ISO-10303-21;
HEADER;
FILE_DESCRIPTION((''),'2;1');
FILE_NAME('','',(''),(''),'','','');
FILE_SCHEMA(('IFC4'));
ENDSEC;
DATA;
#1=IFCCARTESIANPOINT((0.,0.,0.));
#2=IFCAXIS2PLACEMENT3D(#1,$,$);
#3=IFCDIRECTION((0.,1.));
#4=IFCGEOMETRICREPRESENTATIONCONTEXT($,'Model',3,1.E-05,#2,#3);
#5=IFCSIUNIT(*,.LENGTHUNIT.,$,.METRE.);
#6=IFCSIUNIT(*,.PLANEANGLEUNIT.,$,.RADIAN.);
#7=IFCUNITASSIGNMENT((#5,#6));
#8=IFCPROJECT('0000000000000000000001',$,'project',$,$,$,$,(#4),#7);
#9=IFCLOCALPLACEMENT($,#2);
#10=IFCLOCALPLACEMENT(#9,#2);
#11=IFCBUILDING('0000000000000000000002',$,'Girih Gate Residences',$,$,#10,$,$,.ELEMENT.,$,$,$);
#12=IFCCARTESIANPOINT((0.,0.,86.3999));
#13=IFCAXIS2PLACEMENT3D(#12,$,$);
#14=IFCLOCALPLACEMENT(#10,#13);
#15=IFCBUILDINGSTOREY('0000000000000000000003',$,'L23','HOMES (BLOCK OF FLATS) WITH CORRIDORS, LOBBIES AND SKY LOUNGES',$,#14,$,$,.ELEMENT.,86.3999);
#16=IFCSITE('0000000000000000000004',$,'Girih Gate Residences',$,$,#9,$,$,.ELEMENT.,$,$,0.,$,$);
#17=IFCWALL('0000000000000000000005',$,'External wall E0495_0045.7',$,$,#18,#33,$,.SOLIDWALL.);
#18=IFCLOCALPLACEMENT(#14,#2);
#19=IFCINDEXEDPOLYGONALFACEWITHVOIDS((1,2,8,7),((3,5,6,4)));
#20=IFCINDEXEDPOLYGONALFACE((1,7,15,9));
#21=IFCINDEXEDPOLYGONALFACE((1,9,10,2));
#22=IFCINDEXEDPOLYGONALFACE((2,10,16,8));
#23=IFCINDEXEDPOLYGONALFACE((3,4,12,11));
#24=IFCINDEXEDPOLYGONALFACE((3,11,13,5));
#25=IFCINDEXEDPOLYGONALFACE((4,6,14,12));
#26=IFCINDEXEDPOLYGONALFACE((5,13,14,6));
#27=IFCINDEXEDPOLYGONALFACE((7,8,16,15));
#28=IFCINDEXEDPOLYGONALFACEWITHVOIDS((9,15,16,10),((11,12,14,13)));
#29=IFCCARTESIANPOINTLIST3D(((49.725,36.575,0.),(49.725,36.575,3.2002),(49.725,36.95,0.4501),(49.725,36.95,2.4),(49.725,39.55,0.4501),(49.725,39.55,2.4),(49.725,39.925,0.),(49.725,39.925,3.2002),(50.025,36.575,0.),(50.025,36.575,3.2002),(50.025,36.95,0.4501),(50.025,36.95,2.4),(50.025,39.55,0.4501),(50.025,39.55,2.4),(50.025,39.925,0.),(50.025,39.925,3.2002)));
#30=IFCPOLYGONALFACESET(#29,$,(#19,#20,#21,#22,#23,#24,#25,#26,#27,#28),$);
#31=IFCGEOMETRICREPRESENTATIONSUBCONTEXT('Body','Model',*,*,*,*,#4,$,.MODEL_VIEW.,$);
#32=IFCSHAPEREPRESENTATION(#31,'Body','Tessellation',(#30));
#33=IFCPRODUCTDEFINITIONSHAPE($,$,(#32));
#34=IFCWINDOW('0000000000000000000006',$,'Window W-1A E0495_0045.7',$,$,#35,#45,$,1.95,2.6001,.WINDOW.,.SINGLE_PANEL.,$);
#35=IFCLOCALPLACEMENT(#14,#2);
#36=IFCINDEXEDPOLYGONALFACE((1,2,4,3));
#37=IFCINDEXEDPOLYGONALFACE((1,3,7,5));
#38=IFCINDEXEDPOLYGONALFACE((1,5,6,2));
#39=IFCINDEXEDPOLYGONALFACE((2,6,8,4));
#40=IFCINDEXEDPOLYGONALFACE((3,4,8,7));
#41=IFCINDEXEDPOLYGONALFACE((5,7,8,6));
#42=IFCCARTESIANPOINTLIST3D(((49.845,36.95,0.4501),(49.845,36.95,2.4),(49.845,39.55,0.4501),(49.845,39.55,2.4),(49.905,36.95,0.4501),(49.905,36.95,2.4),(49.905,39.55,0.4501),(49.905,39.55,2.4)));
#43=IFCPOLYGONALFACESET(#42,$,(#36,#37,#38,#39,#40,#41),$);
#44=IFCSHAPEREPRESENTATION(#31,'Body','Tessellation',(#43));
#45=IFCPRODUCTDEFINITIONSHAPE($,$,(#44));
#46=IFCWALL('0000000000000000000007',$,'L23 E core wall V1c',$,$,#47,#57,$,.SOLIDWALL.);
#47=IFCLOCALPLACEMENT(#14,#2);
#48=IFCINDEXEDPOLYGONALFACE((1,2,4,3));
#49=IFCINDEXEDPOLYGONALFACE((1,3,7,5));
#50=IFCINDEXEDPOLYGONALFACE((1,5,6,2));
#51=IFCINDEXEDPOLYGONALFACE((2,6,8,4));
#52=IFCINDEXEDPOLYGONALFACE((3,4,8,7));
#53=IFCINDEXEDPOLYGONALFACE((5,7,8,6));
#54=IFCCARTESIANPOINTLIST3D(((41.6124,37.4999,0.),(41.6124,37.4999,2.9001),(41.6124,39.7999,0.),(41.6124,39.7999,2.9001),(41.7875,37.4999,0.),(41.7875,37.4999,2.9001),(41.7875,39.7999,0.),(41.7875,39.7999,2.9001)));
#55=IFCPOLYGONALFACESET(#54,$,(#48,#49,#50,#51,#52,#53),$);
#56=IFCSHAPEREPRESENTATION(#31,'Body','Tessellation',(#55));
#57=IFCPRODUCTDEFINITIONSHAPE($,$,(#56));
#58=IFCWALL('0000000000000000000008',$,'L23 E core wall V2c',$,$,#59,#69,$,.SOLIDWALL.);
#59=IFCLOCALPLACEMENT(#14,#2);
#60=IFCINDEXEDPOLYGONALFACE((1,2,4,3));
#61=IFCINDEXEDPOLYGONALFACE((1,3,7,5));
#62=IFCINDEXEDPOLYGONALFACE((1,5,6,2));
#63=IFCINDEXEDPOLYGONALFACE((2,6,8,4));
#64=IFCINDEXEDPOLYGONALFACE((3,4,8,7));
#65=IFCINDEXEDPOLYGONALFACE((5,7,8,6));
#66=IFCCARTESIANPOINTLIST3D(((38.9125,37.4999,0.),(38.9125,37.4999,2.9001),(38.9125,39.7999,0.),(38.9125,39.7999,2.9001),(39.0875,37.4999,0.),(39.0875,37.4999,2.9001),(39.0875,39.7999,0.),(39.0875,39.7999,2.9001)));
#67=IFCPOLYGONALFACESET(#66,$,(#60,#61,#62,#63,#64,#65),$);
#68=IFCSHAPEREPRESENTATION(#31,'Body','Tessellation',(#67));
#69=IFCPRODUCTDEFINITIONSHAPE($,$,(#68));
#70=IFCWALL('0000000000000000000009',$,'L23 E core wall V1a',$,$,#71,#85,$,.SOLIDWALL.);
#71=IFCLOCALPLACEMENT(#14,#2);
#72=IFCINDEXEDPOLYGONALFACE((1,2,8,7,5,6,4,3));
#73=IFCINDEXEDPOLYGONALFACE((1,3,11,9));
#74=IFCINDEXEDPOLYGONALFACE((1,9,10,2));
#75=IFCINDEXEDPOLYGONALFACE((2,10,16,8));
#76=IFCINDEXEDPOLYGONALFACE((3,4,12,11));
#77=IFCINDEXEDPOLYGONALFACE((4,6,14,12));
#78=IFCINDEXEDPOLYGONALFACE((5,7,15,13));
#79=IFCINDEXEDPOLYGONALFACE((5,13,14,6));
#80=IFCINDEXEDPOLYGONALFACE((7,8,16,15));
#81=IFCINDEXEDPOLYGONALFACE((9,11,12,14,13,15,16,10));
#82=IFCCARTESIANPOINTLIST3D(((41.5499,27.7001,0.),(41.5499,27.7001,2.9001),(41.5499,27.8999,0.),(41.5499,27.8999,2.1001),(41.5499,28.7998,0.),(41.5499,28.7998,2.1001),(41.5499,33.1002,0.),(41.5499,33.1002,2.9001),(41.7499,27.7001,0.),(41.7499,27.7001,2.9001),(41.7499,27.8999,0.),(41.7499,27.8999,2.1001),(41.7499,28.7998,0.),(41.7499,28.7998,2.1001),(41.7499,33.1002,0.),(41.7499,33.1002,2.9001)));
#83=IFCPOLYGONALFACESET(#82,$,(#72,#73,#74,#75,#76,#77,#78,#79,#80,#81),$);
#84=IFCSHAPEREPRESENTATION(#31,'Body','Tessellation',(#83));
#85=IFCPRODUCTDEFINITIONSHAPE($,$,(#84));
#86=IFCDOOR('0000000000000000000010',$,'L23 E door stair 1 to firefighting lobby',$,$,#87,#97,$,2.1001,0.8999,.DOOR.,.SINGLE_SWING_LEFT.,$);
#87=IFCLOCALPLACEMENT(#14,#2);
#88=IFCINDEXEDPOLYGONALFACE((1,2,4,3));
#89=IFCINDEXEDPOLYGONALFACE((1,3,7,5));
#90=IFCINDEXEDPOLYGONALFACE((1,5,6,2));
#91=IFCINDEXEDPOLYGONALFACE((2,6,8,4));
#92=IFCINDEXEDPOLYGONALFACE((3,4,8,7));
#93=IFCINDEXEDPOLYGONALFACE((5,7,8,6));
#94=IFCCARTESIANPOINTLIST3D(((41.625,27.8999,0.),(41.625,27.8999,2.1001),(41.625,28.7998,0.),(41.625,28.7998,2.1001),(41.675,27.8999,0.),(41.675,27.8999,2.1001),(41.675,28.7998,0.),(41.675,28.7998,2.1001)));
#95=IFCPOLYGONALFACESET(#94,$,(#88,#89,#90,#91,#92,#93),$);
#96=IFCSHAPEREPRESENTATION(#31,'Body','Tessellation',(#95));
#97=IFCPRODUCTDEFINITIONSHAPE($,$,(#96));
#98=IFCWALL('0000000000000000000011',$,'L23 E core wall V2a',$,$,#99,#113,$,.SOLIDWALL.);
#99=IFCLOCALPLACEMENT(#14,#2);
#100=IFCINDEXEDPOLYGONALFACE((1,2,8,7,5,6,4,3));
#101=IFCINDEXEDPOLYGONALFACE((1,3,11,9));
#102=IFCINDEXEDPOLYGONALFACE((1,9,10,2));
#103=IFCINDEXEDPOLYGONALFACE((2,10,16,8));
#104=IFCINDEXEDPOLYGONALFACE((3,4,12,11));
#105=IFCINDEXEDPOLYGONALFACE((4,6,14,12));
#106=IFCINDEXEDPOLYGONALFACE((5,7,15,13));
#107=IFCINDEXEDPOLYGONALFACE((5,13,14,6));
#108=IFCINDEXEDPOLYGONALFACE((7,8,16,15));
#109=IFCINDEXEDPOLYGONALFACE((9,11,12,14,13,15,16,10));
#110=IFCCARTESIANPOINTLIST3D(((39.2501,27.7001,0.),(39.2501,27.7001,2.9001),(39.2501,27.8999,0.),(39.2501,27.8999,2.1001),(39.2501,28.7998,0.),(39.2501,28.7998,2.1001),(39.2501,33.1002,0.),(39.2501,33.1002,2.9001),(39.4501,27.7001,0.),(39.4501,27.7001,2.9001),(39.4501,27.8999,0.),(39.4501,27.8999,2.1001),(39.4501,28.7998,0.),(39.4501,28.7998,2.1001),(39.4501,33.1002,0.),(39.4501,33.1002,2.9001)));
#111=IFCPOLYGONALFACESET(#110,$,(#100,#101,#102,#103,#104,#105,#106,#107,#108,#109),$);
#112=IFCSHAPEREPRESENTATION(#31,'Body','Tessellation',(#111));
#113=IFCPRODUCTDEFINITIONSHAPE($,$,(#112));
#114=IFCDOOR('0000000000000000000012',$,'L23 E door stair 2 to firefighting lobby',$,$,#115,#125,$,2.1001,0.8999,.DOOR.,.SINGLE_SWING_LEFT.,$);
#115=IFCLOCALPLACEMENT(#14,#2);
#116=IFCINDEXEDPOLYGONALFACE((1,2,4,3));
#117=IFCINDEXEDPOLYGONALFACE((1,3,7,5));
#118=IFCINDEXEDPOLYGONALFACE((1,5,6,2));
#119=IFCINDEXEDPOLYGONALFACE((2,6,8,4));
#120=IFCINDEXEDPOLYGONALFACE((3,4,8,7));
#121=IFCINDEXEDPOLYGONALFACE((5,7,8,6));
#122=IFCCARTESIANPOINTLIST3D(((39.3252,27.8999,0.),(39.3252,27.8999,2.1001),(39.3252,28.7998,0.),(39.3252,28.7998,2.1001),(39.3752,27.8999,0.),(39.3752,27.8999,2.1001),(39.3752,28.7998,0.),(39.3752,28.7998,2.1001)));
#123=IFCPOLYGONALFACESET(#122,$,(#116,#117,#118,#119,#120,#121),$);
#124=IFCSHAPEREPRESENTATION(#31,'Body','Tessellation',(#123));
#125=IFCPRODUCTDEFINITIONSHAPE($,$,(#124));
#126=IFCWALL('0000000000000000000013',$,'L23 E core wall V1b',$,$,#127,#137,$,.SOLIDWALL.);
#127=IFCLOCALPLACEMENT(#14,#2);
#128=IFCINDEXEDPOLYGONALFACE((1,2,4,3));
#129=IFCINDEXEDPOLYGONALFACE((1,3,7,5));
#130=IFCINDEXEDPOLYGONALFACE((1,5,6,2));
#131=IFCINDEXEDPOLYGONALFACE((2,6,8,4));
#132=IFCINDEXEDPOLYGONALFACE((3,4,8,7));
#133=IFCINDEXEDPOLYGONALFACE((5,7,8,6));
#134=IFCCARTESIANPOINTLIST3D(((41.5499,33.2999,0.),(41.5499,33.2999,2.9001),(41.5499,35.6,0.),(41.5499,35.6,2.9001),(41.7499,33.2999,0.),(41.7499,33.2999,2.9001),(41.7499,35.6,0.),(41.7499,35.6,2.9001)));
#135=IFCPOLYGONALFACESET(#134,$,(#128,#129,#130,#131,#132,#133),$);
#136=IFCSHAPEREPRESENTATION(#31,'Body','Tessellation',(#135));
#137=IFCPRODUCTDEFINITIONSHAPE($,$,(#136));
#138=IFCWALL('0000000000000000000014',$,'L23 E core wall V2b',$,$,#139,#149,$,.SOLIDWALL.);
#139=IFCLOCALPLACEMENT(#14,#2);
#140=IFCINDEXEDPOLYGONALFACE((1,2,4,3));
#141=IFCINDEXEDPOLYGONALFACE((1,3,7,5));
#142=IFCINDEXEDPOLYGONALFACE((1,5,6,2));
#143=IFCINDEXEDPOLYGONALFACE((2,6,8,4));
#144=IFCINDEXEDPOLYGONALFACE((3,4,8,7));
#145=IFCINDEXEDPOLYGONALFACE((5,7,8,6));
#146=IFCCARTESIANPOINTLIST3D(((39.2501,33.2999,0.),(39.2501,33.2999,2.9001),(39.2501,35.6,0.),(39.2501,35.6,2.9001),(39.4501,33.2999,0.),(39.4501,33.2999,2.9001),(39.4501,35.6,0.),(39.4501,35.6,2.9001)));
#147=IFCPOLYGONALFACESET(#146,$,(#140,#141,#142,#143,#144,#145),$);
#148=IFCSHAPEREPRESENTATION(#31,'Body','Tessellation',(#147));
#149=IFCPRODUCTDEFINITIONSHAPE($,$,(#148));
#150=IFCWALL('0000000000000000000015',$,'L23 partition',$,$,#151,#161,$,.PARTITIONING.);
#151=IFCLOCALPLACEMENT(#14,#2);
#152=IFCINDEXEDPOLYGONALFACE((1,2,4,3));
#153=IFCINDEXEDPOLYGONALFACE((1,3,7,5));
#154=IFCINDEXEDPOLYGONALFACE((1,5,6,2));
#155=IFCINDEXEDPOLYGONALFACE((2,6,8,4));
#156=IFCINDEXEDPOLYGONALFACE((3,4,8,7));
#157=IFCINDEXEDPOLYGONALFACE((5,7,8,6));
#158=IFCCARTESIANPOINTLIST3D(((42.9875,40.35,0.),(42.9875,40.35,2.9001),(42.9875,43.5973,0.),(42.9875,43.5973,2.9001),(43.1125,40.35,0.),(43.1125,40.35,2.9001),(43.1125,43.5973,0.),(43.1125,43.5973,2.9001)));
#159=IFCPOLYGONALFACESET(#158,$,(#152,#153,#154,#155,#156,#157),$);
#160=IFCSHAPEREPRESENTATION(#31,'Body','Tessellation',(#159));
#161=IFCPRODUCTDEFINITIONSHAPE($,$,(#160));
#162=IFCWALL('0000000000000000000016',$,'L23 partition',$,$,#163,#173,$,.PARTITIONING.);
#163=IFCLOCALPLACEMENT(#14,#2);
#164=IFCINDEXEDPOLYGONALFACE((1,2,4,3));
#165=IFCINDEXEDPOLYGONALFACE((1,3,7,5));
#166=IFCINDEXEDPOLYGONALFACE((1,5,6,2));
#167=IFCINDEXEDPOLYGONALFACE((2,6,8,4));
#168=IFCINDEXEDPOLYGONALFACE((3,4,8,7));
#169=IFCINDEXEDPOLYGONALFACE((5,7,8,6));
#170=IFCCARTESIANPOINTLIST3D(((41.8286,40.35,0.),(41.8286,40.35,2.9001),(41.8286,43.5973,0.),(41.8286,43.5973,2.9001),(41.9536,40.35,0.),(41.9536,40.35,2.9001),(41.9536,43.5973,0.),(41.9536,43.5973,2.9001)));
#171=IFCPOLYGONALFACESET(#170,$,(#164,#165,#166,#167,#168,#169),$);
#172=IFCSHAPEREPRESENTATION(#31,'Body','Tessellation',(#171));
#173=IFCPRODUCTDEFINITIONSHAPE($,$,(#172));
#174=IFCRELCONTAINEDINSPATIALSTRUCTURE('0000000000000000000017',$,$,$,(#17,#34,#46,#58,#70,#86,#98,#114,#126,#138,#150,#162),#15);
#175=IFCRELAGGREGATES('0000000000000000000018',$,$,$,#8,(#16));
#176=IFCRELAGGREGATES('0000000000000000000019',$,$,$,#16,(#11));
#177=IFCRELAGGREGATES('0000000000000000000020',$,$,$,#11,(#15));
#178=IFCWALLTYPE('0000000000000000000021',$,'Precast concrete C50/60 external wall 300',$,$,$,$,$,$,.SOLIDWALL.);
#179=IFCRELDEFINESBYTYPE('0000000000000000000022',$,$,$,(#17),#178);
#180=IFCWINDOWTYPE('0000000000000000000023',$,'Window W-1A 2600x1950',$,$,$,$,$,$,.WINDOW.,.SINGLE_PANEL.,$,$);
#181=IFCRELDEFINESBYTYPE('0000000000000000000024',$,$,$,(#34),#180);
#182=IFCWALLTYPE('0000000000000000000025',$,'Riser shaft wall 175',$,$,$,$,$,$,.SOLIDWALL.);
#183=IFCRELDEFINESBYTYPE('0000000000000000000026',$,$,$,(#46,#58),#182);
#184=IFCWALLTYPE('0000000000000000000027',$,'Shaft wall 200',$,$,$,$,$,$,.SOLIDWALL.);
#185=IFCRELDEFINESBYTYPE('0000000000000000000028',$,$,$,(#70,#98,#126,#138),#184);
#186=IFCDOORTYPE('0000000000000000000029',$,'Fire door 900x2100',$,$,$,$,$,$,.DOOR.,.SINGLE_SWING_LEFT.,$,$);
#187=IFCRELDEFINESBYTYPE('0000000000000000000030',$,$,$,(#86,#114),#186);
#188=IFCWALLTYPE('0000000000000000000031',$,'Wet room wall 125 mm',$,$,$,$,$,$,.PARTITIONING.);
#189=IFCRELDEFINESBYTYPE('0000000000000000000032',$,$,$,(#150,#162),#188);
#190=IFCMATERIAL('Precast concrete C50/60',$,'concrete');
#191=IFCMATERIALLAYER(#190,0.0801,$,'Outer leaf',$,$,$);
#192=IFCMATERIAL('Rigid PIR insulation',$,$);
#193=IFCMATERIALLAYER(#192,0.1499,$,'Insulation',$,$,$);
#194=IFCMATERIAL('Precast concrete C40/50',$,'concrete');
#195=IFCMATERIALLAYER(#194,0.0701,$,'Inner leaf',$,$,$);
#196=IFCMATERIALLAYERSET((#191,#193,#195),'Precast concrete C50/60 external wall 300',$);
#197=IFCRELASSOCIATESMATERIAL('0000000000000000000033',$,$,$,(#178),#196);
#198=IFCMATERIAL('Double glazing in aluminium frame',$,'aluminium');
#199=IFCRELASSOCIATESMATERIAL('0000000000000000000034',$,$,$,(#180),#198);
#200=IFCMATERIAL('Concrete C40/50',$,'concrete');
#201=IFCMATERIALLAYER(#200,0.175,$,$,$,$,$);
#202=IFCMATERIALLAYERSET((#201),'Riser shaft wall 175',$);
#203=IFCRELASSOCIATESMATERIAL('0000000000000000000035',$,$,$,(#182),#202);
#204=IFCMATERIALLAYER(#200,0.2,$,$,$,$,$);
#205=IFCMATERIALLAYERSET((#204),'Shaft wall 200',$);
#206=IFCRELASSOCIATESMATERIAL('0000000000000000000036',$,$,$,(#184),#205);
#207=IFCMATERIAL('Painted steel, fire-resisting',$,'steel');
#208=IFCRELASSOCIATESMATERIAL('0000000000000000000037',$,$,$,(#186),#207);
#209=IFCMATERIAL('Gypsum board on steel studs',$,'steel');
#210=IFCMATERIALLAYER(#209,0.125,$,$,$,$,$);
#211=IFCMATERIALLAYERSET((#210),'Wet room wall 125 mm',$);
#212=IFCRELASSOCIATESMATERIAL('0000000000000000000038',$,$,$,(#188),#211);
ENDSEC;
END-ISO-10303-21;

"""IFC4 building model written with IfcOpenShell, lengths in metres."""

from ifc_helpers import new_model, si_unit, direction, frame, frame_2d, origin, place, context, subcontext, project, spatial, rectangle, extrude, material, layer, layer_set, type_object, element, fill, save


model = new_model("IFC4")

# Units and contexts
model_context = context("Model", 3, precision=1e-05, world=origin(), true_north=direction((0.0, 1.0)))
body_context = subcontext(model_context, "Body", "Model", "MODEL_VIEW")
ifc_project = project(units=[si_unit("LENGTHUNIT", "METRE"), si_unit("PLANEANGLEUNIT", "RADIAN")], contexts=[model_context])

# Site, building, storey
site_placement = place(None, origin())
site = spatial("IfcSite", under=ifc_project, at=site_placement, Name="Girih Gate Residences", CompositionType="ELEMENT", RefElevation=0.0)
building_placement = place(site_placement, origin())
building = spatial("IfcBuilding", under=site, at=building_placement, Name="Girih Gate Residences", CompositionType="ELEMENT")
storey_placement = place(building_placement, frame((0.0, 0.0, 86.3999)))
storey = spatial("IfcBuildingStorey", under=building, at=storey_placement, Name="L23", Description="HOMES (BLOCK OF FLATS) WITH CORRIDORS, LOBBIES AND SKY LOUNGES", CompositionType="ELEMENT", Elevation=86.3999)

# Shared definitions
ifc_material_1 = material(Name="Gypsum board on steel studs", Category="steel")

# Wall, opening, window
ifc_material_2 = material(Name="Precast concrete C50/60", Category="concrete")
ifc_layer_1 = layer(ifc_material_2, 0.0801, Name="Outer leaf")
ifc_material_3 = material(Name="Rigid PIR insulation")
ifc_layer_2 = layer(ifc_material_3, 0.1499, Name="Insulation")
ifc_material_4 = material(Name="Precast concrete C40/50", Category="concrete")
ifc_layer_3 = layer(ifc_material_4, 0.0701, Name="Inner leaf")
ifc_layer_set_1 = layer_set([ifc_layer_1, ifc_layer_2, ifc_layer_3], Name="Precast concrete C50/60 external wall 300")
wall_type_1 = type_object("IfcWallType", Name="Precast concrete C50/60 external wall 300", PredefinedType="SOLIDWALL", material=ifc_layer_set_1)
ifc_material_5 = material(Name="Double glazing in aluminium frame", Category="aluminium")
window_type = type_object("IfcWindowType", Name="Window W-1A 2600x1950", PartitioningType="SINGLE_PANEL", PredefinedType="WINDOW", material=ifc_material_5)
wall_1_placement = place(storey_placement, frame((49.875, 39.925, 0.0), z_axis=(0.0, 0.0, 1.0), x_axis=(0.0, -1.0, 0.0)))
wall_1 = element("IfcWall", 1, at=wall_1_placement, inside=storey, type_object=wall_type_1, Name="External wall E0495_0045.7", PredefinedType="SOLIDWALL", context=body_context, shape_type="SweptSolid", body=[
    extrude(rectangle(XDim=3.3501, YDim=0.3, at=frame_2d((1.675, 0.0))), origin(), (0.0, 0.0, 1.0), 3.2002),
])
opening_1_placement = place(wall_1_placement, frame((0.375, 0.0, 0.45)))
opening_1 = element("IfcOpeningElement", 2, at=opening_1_placement, cuts=wall_1, PredefinedType="OPENING", context=body_context, shape_type="SweptSolid", body=[
    extrude(rectangle(XDim=2.6001, YDim=1.95, at=frame_2d((1.3, 0.9751))), frame((0.0, 0.1599, 0.0), z_axis=(0.0, -1.0, 0.0), x_axis=(1.0, 0.0, 0.0)), (0.0, 0.0, 1.0), 0.3201),
])
window_1_placement = place(opening_1_placement, origin())
window_1 = element("IfcWindow", 3, at=window_1_placement, inside=storey, type_object=window_type, Name="Window W-1A E0495_0045.7", OverallHeight=1.95, OverallWidth=2.6001, PartitioningType="SINGLE_PANEL", PredefinedType="WINDOW", context=body_context, shape_type="SweptSolid", body=[
    extrude(rectangle(XDim=2.6001, YDim=1.95, at=frame_2d((1.3, 0.9751))), frame((0.0, 0.03, 0.0), z_axis=(0.0, -1.0, 0.0), x_axis=(1.0, 0.0, 0.0)), (0.0, 0.0, 1.0), 0.0601),
])
fill(opening_1, window_1)

# Walls
ifc_material_6 = material(Name="Concrete C40/50", Category="concrete")
ifc_layer_4 = layer(ifc_material_6, 0.175)
ifc_layer_set_2 = layer_set([ifc_layer_4], Name="Riser shaft wall 175")
wall_type_2 = type_object("IfcWallType", Name="Riser shaft wall 175", PredefinedType="SOLIDWALL", material=ifc_layer_set_2)
for number, where, z_axis, x_axis, name in (
    (4, (41.7, 37.5, 0.0), (0.0, 0.0, 1.0), (0.0, 1.0, 0.0), "L23 E core wall V1c"),
    (5, (39.0, 37.5, 0.0), (0.0, 0.0, 1.0), (0.0, 1.0, 0.0), "L23 E core wall V2c"),
):
    element("IfcWall", number, at=place(storey_placement, frame(where, z_axis=z_axis, x_axis=x_axis)), inside=storey, type_object=wall_type_2, Name=name, PredefinedType="SOLIDWALL", context=body_context, shape_type="SweptSolid", body=[
        extrude(rectangle(XDim=2.3, YDim=0.175, at=frame_2d((1.1499, 0.0))), origin(), (0.0, 0.0, 1.0), 2.9001),
    ])

# Walls, openings, doors
ifc_layer_5 = layer(ifc_material_6, 0.2)
ifc_layer_set_3 = layer_set([ifc_layer_5], Name="Shaft wall 200")
wall_type_3 = type_object("IfcWallType", Name="Shaft wall 200", PredefinedType="SOLIDWALL", material=ifc_layer_set_3)
wall_2_placement = place(storey_placement, frame((41.6499, 27.7, 0.0), z_axis=(0.0, 0.0, 1.0), x_axis=(0.0, 1.0, 0.0)))
wall_2 = element("IfcWall", 6, at=wall_2_placement, inside=storey, type_object=wall_type_3, Name="L23 E core wall V1a", PredefinedType="SOLIDWALL", context=body_context, shape_type="SweptSolid", body=[
    extrude(rectangle(XDim=5.4001, YDim=0.2, at=frame_2d((2.7002, 0.0))), origin(), (0.0, 0.0, 1.0), 2.9001),
])
opening_2_placement = place(wall_2_placement, frame((0.2, 0.0, 0.0)))
opening_2 = element("IfcOpeningElement", 7, at=opening_2_placement, cuts=wall_2, PredefinedType="OPENING", context=body_context, shape_type="SweptSolid", body=[
    extrude(rectangle(XDim=0.8999, YDim=2.1001, at=frame_2d((0.45, 1.05))), frame((0.0, 0.1099, 0.0), z_axis=(0.0, -1.0, 0.0), x_axis=(1.0, 0.0, 0.0)), (0.0, 0.0, 1.0), 0.22),
])
ifc_material_7 = material(Name="Painted steel, fire-resisting", Category="steel")
door_type_1 = type_object("IfcDoorType", Name="Fire door 900x2100", OperationType="SINGLE_SWING_LEFT", PredefinedType="DOOR", material=ifc_material_7)
door_1_placement = place(opening_2_placement, origin())
door_1 = element("IfcDoor", 8, at=door_1_placement, inside=storey, type_object=door_type_1, Name="L23 E door stair 1 to firefighting lobby", OperationType="SINGLE_SWING_LEFT", OverallHeight=2.1001, OverallWidth=0.8999, PredefinedType="DOOR", context=body_context, shape_type="SweptSolid", body=[
    extrude(rectangle(XDim=0.8999, YDim=2.1001, at=frame_2d((0.45, 1.05))), frame((0.0, 0.0249, 0.0), z_axis=(0.0, -1.0, 0.0), x_axis=(1.0, 0.0, 0.0)), (0.0, 0.0, 1.0), 0.05),
])
fill(opening_2, door_1)
wall_3_placement = place(storey_placement, frame((39.3501, 27.7, 0.0), z_axis=(0.0, 0.0, 1.0), x_axis=(0.0, 1.0, 0.0)))
wall_3 = element("IfcWall", 9, at=wall_3_placement, inside=storey, type_object=wall_type_3, Name="L23 E core wall V2a", PredefinedType="SOLIDWALL", context=body_context, shape_type="SweptSolid", body=[
    extrude(rectangle(XDim=5.4001, YDim=0.2, at=frame_2d((2.7002, 0.0))), origin(), (0.0, 0.0, 1.0), 2.9001),
])
opening_3_placement = place(wall_3_placement, frame((0.2, 0.0, 0.0)))
opening_3 = element("IfcOpeningElement", 10, at=opening_3_placement, cuts=wall_3, PredefinedType="OPENING", context=body_context, shape_type="SweptSolid", body=[
    extrude(rectangle(XDim=0.8999, YDim=2.1001, at=frame_2d((0.45, 1.05))), frame((0.0, 0.1099, 0.0), z_axis=(0.0, -1.0, 0.0), x_axis=(1.0, 0.0, 0.0)), (0.0, 0.0, 1.0), 0.22),
])
door_2_placement = place(opening_3_placement, origin())
door_2 = element("IfcDoor", 11, at=door_2_placement, inside=storey, type_object=door_type_1, Name="L23 E door stair 2 to firefighting lobby", OperationType="SINGLE_SWING_LEFT", OverallHeight=2.1001, OverallWidth=0.8999, PredefinedType="DOOR", context=body_context, shape_type="SweptSolid", body=[
    extrude(rectangle(XDim=0.8999, YDim=2.1001, at=frame_2d((0.45, 1.05))), frame((0.0, 0.0249, 0.0), z_axis=(0.0, -1.0, 0.0), x_axis=(1.0, 0.0, 0.0)), (0.0, 0.0, 1.0), 0.05),
])
fill(opening_3, door_2)

# Walls
for number, where, z_axis, x_axis, name in (
    (12, (41.6499, 33.3, 0.0), (0.0, 0.0, 1.0), (0.0, 1.0, 0.0), "L23 E core wall V1b"),
    (13, (39.3501, 33.3, 0.0), (0.0, 0.0, 1.0), (0.0, 1.0, 0.0), "L23 E core wall V2b"),
):
    element("IfcWall", number, at=place(storey_placement, frame(where, z_axis=z_axis, x_axis=x_axis)), inside=storey, type_object=wall_type_3, Name=name, PredefinedType="SOLIDWALL", context=body_context, shape_type="SweptSolid", body=[
        extrude(rectangle(XDim=2.3, YDim=0.2, at=frame_2d((1.1499, 0.0))), origin(), (0.0, 0.0, 1.0), 2.9001),
    ])
ifc_layer_6 = layer(ifc_material_1, 0.125)
ifc_layer_set_4 = layer_set([ifc_layer_6], Name="Wet room wall 125 mm")
wall_type_4 = type_object("IfcWallType", Name="Wet room wall 125 mm", PredefinedType="PARTITIONING", material=ifc_layer_set_4)
for number, where, z_axis, x_axis, name in (
    (14, (43.05, 40.3501, 0.0), (0.0, 0.0, 1.0), (0.0, 1.0, 0.0), "L23 partition"),
    (15, (41.8911, 40.3501, 0.0), (0.0, 0.0, 1.0), (0.0, 1.0, 0.0), "L23 partition"),
):
    element("IfcWall", number, at=place(storey_placement, frame(where, z_axis=z_axis, x_axis=x_axis)), inside=storey, type_object=wall_type_4, Name=name, PredefinedType="PARTITIONING", context=body_context, shape_type="SweptSolid", body=[
        extrude(rectangle(XDim=3.2473, YDim=0.125, at=frame_2d((1.6235, 0.0))), origin(), (0.0, 0.0, 1.0), 2.9001),
    ])

save(model, "model.ifc")
